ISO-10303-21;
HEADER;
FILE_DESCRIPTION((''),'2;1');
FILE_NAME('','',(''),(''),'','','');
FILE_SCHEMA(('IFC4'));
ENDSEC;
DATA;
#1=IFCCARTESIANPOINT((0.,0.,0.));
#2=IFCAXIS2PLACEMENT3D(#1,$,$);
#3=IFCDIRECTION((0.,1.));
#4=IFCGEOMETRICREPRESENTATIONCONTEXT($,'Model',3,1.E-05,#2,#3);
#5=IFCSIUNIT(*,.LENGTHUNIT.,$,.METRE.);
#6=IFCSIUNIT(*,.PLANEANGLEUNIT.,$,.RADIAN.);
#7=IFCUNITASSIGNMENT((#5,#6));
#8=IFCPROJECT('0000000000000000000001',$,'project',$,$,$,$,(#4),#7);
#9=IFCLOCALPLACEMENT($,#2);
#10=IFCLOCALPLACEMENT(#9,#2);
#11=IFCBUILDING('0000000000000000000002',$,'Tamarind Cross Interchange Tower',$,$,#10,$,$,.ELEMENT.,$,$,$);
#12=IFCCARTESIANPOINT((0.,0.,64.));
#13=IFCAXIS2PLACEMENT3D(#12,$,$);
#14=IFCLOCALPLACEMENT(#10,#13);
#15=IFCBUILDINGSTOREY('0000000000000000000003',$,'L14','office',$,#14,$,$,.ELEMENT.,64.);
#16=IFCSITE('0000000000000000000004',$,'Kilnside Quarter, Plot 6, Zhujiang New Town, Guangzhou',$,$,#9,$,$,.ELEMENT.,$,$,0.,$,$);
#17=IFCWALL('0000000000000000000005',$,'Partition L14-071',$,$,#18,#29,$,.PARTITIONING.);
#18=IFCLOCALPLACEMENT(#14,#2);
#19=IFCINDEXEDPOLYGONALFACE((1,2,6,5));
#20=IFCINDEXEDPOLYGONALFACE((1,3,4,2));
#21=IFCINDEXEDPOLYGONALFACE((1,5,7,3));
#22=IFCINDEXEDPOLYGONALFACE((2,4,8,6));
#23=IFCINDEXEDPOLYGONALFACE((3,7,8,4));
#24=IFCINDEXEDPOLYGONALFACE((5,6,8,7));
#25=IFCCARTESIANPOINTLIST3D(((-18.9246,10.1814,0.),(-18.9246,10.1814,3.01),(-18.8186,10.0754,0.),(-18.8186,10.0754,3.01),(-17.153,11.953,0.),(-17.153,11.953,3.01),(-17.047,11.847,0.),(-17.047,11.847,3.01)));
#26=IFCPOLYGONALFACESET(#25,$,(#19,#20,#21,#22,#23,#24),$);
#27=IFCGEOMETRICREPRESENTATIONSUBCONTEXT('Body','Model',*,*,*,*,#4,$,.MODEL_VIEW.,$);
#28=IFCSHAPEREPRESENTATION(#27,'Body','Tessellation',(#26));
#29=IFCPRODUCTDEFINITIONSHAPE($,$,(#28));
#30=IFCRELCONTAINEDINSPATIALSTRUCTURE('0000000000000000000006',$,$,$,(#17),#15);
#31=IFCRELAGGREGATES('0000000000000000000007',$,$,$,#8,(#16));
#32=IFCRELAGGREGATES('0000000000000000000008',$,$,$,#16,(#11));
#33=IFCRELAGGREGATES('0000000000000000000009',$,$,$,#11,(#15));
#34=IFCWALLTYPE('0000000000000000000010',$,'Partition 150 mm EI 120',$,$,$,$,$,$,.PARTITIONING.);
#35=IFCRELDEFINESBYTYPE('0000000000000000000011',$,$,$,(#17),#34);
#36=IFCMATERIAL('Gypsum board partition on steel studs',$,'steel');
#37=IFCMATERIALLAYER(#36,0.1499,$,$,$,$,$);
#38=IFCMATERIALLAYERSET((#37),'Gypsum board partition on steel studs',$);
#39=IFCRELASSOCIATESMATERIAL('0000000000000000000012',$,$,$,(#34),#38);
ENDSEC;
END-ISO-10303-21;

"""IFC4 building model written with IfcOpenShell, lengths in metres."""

from ifc_helpers import new_model, si_unit, direction, frame, frame_2d, origin, place, context, subcontext, project, spatial, rectangle, extrude, material, layer, layer_set, type_object, element, save


model = new_model("IFC4")

# Units and contexts
model_context = context("Model", 3, precision=1e-05, world=origin(), true_north=direction((0.0, 1.0)))
body_context = subcontext(model_context, "Body", "Model", "MODEL_VIEW")
ifc_project = project(units=[si_unit("LENGTHUNIT", "METRE"), si_unit("PLANEANGLEUNIT", "RADIAN")], contexts=[model_context])

# Site, building, storey
site_placement = place(None, origin())
site = spatial("IfcSite", under=ifc_project, at=site_placement, Name="Kilnside Quarter, Plot 6, Zhujiang New Town, Guangzhou", CompositionType="ELEMENT", RefElevation=0.0)
building_placement = place(site_placement, origin())
building = spatial("IfcBuilding", under=site, at=building_placement, Name="Tamarind Cross Interchange Tower", CompositionType="ELEMENT")
storey_placement = place(building_placement, frame((0.0, 0.0, 64.0)))
storey = spatial("IfcBuildingStorey", under=building, at=storey_placement, Name="L14", Description="office", CompositionType="ELEMENT", Elevation=64.0)

# Shared definitions
ifc_material_1 = material(Name="Gypsum board partition on steel studs", Category="steel")

# Shared definitions
ifc_layer_1 = layer(ifc_material_1, 0.1499)
ifc_layer_set_1 = layer_set([ifc_layer_1], Name="Gypsum board partition on steel studs")
wall_type_1 = type_object("IfcWallType", Name="Partition 150 mm EI 120", PredefinedType="PARTITIONING", material=ifc_layer_set_1)

# Wall
wall_1_placement = place(storey_placement, frame((-18.8716, 10.1284, 0.0), z_axis=(0.0, 0.0, 1.0), x_axis=(0.707107, 0.707107, 0.0)))
element("IfcWall", 1, at=wall_1_placement, inside=storey, type_object=wall_type_1, Name="Partition L14-071", PredefinedType="PARTITIONING", context=body_context, shape_type="SweptSolid", body=[
    extrude(rectangle(XDim=2.5054, YDim=0.1499, at=frame_2d((1.2527, 0.0))), origin(), (0.0, 0.0, 1.0), 3.01),
])

save(model, "model.ifc")
